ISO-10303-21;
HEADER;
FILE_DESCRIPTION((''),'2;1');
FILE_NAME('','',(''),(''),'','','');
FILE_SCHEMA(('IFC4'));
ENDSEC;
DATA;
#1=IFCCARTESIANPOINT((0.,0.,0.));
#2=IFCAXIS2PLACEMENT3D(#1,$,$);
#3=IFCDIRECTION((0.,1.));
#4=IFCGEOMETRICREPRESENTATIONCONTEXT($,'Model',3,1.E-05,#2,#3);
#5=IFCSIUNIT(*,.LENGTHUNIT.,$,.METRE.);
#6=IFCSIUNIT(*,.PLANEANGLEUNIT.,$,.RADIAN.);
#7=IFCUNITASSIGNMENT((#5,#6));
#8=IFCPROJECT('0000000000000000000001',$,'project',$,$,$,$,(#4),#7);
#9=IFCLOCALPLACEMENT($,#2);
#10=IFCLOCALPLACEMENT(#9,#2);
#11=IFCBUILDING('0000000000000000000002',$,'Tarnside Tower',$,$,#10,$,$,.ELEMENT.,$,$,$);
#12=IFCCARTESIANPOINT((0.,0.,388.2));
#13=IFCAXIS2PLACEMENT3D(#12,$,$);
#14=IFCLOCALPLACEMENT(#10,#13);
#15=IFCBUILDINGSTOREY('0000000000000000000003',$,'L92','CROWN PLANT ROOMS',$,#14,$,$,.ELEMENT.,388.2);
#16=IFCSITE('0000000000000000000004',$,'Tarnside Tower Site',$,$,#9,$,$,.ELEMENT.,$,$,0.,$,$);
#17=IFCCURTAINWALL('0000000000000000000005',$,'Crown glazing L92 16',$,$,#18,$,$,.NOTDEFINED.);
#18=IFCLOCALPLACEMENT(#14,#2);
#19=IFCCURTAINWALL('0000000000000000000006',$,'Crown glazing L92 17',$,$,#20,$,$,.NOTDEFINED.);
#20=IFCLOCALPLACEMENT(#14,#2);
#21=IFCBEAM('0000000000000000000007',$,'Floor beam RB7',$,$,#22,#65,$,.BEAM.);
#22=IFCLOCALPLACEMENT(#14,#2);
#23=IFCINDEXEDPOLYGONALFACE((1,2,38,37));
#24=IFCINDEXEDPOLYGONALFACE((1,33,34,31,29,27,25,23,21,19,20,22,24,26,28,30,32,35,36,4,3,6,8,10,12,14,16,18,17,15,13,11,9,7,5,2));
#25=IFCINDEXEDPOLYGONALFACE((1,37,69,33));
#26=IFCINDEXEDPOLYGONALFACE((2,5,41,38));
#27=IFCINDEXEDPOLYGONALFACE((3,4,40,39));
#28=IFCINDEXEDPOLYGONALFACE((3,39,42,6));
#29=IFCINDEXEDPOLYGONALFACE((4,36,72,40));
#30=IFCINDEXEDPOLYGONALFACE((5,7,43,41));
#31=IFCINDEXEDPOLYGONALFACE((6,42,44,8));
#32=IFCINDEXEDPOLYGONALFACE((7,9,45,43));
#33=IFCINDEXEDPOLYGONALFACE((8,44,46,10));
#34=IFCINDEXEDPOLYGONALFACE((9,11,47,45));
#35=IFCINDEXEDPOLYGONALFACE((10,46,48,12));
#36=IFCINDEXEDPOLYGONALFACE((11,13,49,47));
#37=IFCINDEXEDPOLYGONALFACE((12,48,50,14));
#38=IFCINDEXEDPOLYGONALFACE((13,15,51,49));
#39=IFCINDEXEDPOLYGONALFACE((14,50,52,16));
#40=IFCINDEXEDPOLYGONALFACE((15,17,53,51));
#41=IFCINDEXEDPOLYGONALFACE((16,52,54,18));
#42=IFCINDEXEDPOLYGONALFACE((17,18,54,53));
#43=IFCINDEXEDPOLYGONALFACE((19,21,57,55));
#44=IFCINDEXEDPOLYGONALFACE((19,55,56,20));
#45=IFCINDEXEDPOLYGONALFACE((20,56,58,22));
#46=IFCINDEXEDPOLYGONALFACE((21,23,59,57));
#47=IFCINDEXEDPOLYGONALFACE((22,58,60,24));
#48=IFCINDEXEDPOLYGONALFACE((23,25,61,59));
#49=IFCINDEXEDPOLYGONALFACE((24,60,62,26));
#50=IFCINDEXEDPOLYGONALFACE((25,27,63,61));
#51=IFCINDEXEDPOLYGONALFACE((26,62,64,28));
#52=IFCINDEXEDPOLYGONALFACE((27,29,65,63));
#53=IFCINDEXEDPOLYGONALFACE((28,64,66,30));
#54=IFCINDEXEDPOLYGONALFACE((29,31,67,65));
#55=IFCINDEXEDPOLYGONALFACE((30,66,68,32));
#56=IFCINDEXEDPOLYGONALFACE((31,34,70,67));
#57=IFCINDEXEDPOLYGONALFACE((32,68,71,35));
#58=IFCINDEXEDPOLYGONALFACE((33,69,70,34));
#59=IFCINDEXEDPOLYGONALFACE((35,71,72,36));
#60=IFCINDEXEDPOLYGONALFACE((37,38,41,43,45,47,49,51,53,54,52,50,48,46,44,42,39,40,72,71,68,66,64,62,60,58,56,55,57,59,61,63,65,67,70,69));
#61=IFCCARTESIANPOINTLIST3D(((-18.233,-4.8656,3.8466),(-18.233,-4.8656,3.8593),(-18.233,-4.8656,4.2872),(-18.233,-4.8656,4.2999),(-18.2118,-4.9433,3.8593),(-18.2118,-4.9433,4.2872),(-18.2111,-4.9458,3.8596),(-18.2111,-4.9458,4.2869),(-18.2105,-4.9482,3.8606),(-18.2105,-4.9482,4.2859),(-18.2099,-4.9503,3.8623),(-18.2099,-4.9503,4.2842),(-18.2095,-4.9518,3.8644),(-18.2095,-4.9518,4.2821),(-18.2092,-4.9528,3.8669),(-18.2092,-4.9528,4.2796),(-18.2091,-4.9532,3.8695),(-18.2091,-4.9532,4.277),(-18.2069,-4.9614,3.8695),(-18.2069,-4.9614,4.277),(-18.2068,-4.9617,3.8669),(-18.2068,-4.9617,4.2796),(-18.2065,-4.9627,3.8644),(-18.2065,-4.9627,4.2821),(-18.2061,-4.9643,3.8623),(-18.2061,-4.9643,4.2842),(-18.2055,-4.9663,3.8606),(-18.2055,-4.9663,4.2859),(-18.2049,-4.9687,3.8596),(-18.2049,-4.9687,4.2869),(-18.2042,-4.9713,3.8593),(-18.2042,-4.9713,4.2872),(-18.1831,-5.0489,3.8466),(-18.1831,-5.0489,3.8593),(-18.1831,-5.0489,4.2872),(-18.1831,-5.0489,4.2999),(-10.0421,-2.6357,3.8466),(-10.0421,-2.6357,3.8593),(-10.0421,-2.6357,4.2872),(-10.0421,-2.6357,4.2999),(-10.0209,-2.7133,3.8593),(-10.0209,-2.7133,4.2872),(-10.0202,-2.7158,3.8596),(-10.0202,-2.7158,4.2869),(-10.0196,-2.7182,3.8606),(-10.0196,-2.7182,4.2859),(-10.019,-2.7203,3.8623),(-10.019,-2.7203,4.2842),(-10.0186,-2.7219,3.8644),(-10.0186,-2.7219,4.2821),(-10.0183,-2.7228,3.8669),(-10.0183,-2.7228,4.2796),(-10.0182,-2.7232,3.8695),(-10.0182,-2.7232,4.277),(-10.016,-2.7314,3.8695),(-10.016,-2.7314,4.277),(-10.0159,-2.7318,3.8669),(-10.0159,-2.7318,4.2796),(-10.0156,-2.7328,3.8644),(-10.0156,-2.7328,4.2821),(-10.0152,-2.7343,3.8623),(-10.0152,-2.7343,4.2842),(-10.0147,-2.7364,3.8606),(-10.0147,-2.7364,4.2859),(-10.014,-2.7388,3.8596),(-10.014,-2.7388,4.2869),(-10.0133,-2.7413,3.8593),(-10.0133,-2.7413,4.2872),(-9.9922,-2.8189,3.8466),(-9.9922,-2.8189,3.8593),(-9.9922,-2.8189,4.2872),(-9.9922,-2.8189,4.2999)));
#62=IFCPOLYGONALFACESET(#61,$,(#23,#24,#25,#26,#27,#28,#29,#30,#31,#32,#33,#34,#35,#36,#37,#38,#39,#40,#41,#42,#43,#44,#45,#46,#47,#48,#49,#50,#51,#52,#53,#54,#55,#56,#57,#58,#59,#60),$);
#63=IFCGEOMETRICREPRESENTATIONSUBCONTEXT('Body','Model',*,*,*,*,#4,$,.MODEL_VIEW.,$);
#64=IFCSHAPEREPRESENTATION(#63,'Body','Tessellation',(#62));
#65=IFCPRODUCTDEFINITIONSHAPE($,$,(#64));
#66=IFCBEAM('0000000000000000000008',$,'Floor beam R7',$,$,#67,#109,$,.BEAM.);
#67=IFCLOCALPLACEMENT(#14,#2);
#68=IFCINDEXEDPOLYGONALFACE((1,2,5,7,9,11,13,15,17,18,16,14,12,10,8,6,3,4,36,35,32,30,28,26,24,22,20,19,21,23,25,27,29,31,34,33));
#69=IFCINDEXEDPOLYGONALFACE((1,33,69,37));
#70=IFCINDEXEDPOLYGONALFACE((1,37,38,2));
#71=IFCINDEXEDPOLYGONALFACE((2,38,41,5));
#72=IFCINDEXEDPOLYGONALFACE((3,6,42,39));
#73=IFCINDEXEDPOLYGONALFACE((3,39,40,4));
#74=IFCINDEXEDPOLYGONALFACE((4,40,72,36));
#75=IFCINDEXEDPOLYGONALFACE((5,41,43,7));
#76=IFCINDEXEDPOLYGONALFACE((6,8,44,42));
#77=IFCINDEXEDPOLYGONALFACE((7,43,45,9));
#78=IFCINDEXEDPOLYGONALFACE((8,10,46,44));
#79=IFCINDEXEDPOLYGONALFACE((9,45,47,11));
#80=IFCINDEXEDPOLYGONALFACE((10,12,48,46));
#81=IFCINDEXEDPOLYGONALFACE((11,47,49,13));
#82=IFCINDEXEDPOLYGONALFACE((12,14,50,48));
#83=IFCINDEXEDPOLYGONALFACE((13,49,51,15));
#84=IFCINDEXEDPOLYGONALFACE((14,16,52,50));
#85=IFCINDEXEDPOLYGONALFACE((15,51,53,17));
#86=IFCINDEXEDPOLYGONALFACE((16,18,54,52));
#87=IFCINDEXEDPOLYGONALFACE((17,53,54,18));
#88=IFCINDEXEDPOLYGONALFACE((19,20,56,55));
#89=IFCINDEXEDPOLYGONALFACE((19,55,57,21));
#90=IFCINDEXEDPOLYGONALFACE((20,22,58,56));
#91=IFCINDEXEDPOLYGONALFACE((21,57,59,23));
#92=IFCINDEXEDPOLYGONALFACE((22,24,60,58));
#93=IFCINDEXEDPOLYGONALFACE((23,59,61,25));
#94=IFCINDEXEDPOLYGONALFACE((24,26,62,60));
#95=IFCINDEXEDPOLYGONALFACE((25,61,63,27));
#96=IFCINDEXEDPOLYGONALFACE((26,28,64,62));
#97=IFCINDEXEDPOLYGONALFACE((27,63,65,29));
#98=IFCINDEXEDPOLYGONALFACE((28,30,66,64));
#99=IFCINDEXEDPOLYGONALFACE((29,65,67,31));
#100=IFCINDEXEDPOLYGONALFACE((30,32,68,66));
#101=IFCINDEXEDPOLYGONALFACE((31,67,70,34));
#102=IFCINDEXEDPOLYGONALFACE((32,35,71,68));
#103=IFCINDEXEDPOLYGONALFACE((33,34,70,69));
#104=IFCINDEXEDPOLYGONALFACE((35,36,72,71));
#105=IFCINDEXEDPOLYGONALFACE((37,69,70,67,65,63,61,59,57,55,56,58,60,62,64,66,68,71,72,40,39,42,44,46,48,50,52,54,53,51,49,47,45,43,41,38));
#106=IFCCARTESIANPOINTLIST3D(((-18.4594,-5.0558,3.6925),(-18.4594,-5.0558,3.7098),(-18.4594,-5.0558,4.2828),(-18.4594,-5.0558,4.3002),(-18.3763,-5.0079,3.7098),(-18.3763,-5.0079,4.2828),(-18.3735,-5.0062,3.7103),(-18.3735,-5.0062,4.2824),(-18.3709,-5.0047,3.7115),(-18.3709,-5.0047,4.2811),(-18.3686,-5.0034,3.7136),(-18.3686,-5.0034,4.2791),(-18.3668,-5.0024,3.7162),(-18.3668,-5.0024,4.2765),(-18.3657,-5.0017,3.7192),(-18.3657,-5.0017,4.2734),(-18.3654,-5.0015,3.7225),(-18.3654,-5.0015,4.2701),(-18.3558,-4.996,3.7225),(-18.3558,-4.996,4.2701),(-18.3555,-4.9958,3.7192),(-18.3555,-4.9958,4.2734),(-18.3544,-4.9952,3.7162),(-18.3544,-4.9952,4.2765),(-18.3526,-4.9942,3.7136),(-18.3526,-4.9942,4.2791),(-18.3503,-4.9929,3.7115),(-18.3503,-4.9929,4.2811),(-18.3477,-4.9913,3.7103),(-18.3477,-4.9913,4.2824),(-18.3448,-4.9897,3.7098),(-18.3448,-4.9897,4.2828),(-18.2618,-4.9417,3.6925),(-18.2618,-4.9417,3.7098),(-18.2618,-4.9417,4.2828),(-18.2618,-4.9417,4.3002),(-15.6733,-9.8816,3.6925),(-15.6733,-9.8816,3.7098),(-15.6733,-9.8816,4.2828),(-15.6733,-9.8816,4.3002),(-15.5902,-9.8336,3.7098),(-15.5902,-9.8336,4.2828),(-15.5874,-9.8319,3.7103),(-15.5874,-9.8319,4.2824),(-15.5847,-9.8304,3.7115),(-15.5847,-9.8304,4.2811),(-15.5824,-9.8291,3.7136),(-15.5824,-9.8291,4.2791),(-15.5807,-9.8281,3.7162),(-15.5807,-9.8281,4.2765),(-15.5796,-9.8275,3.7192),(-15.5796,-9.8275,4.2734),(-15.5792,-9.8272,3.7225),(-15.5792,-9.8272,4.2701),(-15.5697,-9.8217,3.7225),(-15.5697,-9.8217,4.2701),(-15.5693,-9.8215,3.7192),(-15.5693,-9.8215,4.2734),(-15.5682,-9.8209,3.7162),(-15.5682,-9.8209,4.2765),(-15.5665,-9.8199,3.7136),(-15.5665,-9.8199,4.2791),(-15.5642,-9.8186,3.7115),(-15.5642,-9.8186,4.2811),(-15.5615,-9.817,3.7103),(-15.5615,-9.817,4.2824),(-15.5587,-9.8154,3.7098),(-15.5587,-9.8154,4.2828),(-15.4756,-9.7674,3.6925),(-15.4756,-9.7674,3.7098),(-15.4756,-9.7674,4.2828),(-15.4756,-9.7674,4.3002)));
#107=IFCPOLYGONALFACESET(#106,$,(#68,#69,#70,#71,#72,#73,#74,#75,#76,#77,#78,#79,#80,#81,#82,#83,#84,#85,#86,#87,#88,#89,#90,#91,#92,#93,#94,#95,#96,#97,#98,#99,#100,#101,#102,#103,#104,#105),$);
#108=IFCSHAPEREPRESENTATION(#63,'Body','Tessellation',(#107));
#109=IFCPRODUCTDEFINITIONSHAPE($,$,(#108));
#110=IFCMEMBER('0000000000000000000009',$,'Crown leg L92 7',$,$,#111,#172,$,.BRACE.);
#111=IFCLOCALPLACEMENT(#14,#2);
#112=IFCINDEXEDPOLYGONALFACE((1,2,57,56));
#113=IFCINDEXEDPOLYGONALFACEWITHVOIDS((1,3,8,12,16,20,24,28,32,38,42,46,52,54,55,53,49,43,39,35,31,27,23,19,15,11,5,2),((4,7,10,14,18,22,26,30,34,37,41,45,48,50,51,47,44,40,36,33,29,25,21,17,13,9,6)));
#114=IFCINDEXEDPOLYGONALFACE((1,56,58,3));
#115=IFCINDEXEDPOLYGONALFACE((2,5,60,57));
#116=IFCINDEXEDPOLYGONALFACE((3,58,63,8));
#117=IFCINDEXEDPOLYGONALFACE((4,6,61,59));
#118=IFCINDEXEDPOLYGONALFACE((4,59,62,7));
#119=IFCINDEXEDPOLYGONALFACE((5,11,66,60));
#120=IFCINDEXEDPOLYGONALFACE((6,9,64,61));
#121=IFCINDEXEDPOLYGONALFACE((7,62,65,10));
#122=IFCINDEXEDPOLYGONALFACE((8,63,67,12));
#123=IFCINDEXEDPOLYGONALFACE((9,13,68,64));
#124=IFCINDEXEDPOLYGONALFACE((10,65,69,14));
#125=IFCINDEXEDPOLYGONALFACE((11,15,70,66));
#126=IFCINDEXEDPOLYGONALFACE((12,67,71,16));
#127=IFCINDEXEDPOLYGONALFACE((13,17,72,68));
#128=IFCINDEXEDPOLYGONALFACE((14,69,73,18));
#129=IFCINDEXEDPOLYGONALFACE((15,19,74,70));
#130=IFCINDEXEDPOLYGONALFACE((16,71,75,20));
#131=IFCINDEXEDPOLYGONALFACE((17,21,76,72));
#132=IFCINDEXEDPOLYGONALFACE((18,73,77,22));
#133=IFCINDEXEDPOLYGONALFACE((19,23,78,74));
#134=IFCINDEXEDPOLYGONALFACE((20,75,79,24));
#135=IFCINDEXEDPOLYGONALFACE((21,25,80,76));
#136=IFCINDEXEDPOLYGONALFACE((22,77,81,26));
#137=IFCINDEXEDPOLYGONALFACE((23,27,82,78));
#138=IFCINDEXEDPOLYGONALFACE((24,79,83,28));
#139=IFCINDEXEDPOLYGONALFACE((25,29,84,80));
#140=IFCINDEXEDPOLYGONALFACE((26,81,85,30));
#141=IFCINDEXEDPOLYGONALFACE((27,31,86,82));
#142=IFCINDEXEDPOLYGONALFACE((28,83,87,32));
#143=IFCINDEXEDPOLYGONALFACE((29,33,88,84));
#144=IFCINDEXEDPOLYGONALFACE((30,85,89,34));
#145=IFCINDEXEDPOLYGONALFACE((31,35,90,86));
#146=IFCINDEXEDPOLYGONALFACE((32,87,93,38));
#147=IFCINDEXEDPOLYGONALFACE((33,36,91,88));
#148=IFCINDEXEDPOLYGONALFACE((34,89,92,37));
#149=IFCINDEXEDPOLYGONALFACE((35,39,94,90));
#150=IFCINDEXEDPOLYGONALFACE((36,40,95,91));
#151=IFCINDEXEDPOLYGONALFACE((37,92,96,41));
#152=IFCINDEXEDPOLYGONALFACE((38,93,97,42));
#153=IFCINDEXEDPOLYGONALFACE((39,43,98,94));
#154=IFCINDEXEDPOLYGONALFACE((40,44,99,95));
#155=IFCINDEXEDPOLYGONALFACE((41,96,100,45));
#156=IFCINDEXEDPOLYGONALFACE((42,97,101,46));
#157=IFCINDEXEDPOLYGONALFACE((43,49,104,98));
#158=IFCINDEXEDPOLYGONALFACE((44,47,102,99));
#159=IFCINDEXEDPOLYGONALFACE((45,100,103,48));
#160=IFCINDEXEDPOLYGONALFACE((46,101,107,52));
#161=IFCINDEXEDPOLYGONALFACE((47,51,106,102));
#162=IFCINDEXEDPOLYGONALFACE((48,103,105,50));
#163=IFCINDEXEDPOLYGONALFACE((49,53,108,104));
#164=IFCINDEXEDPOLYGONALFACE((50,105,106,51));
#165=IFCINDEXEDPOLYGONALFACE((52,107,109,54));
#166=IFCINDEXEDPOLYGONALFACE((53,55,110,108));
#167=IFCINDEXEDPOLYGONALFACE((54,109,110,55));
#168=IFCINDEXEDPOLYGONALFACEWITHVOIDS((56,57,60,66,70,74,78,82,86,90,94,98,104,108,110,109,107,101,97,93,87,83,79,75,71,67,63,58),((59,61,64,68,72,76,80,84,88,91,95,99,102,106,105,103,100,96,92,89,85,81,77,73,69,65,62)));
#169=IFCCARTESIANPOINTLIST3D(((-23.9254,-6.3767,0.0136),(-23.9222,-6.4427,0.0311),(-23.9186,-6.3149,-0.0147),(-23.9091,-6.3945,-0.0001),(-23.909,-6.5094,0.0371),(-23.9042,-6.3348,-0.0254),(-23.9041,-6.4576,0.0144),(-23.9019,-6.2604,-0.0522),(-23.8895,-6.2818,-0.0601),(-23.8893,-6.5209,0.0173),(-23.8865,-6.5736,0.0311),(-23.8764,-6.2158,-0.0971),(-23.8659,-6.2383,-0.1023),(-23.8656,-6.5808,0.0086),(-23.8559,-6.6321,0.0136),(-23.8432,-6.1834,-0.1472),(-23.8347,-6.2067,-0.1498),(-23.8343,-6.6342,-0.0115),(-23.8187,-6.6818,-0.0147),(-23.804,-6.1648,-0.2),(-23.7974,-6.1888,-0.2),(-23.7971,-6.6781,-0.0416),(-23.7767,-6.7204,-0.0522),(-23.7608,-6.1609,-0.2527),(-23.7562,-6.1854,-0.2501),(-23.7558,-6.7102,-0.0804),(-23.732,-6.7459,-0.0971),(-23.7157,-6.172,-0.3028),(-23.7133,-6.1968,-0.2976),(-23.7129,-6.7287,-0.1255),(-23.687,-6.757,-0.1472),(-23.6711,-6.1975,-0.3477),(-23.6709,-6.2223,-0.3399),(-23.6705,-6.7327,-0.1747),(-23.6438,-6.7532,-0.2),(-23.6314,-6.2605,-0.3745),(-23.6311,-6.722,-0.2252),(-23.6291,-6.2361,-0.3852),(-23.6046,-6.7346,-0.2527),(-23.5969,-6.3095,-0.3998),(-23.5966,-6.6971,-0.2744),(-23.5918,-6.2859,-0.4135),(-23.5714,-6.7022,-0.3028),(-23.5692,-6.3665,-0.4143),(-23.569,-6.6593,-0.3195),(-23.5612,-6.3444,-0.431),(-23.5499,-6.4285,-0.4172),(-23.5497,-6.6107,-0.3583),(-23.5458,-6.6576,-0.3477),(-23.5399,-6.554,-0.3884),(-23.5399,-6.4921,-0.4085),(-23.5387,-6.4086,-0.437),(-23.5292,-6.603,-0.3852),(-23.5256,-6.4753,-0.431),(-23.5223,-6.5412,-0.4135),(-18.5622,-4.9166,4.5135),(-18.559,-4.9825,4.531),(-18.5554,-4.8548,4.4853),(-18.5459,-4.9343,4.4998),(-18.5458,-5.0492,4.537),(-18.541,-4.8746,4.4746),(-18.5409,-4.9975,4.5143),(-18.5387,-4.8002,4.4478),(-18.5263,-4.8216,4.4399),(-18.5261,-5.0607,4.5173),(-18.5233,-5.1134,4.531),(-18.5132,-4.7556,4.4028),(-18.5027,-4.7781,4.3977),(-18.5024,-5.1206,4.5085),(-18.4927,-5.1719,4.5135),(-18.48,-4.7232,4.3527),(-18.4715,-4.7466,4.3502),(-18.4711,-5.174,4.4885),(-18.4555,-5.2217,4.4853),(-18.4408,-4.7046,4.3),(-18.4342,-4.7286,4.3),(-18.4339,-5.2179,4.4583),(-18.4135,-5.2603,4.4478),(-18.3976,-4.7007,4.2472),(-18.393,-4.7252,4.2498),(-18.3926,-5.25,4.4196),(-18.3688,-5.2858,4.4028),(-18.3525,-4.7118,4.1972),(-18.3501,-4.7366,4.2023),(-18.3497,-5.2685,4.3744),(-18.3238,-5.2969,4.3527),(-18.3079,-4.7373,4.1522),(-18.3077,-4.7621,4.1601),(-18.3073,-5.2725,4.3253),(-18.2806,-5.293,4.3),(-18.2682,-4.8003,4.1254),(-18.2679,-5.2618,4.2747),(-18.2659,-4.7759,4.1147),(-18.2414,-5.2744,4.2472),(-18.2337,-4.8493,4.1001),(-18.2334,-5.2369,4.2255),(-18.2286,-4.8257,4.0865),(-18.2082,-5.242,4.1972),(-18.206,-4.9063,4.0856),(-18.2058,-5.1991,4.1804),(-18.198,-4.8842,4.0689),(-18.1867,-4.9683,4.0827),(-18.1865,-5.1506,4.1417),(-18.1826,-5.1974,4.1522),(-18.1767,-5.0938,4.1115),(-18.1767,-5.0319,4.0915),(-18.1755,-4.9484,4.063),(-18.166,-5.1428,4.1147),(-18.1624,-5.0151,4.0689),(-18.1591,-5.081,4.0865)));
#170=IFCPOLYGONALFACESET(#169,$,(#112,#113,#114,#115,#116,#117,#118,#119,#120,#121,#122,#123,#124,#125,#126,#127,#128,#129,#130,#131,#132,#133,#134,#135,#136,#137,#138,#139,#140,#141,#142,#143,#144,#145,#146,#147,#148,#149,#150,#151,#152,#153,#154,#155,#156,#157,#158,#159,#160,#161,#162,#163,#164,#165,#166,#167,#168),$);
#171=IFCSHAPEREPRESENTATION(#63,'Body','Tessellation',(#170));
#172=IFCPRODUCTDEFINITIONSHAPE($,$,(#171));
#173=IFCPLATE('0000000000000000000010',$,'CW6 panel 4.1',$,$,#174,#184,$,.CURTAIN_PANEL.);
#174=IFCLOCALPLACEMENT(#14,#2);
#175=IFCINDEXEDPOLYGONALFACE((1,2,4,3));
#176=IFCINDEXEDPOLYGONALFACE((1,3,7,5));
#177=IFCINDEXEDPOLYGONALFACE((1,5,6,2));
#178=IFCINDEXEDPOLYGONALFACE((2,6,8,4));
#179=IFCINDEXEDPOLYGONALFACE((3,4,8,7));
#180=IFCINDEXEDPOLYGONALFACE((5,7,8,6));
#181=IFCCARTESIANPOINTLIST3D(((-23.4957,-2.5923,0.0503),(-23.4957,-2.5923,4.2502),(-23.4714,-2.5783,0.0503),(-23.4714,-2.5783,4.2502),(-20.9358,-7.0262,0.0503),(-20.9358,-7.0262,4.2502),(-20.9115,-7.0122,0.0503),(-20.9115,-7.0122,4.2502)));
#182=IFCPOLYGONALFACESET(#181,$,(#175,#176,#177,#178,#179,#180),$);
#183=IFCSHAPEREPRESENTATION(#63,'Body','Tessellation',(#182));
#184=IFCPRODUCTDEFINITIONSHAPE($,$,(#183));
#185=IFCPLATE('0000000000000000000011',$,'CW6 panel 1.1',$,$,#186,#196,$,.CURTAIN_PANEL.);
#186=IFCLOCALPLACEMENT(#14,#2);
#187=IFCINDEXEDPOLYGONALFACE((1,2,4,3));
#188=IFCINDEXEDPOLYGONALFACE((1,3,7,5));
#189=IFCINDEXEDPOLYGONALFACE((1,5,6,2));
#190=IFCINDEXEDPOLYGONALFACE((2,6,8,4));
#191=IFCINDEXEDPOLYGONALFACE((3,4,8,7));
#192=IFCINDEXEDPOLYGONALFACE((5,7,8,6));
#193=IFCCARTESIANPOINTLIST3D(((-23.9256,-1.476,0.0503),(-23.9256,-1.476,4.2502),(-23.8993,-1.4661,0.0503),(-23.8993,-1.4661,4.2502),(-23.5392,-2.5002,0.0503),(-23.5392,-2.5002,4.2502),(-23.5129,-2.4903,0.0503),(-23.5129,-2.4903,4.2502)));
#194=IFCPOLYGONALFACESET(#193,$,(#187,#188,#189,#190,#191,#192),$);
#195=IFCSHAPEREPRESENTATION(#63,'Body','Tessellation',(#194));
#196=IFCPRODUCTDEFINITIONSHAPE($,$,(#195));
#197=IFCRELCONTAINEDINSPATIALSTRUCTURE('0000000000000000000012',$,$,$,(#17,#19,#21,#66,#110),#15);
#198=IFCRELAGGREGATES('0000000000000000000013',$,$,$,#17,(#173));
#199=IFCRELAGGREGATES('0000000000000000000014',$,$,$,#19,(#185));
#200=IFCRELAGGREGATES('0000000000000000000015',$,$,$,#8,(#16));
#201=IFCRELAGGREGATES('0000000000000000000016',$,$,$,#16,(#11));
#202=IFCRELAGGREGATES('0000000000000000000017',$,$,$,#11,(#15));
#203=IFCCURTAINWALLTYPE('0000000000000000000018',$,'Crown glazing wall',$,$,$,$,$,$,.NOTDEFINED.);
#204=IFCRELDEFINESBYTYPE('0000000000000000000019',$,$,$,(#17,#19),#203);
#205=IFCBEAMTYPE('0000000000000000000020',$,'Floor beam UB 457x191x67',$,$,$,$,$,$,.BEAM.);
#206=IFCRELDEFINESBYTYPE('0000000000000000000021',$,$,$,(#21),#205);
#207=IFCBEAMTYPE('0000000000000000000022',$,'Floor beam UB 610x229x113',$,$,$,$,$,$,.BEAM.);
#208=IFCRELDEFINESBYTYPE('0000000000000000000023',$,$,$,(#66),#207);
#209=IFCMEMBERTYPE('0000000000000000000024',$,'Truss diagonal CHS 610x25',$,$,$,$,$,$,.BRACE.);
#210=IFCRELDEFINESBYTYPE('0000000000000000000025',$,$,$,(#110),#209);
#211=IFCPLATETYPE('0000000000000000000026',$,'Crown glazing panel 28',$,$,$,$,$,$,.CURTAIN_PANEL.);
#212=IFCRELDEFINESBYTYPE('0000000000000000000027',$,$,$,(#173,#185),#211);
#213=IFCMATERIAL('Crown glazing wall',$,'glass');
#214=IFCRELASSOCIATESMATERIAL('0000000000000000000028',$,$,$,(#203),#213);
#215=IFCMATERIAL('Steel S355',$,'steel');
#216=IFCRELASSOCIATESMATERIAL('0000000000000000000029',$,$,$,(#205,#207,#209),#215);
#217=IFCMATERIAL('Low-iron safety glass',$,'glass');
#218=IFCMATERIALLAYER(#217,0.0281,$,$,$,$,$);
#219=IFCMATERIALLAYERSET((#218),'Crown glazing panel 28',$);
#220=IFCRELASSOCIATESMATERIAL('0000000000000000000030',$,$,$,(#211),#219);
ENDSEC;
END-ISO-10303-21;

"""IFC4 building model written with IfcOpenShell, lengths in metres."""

from ifc_helpers import new_model, si_unit, direction, frame, origin, origin_2d, place, context, subcontext, project, spatial, rectangle, hollow_circle, i_section, extrude, material, layer, layer_set, material_profile, profile_set, type_object, element, aggregate, save


model = new_model("IFC4")

# Units and contexts
model_context = context("Model", 3, precision=1e-05, world=origin(), true_north=direction((0.0, 1.0)))
body_context = subcontext(model_context, "Body", "Model", "MODEL_VIEW")
ifc_project = project(units=[si_unit("LENGTHUNIT", "METRE"), si_unit("PLANEANGLEUNIT", "RADIAN")], contexts=[model_context])

# Site, building, storey
site_placement = place(None, origin())
site = spatial("IfcSite", under=ifc_project, at=site_placement, Name="Tarnside Tower Site", CompositionType="ELEMENT", RefElevation=0.0)
building_placement = place(site_placement, origin())
building = spatial("IfcBuilding", under=site, at=building_placement, Name="Tarnside Tower", CompositionType="ELEMENT")
storey_placement = place(building_placement, frame((0.0, 0.0, 388.2)))
storey = spatial("IfcBuildingStorey", under=building, at=storey_placement, Name="L92", Description="CROWN PLANT ROOMS", CompositionType="ELEMENT", Elevation=388.2)

# Curtain wall
ifc_material_1 = material(Name="Crown glazing wall", Category="glass")
curtain_wall_type = type_object("IfcCurtainWallType", Name="Crown glazing wall", PredefinedType="NOTDEFINED", material=ifc_material_1)
curtain_wall_1_placement = place(storey_placement, origin())
curtain_wall_1 = element("IfcCurtainWall", 1, at=curtain_wall_1_placement, inside=storey, type_object=curtain_wall_type, Name="Crown glazing L92 16", PredefinedType="NOTDEFINED")

# Curtain wall
curtain_wall_2_placement = place(storey_placement, origin())
curtain_wall_2 = element("IfcCurtainWall", 2, at=curtain_wall_2_placement, inside=storey, type_object=curtain_wall_type, Name="Crown glazing L92 17", PredefinedType="NOTDEFINED")

# Beams
ifc_material_2 = material(Name="Steel S355", Category="steel")
ifc_material_profile_1 = material_profile(ifc_material_2, i_section(OverallWidth=0.1899, OverallDepth=0.4534, WebThickness=0.0085, FlangeThickness=0.0127, FilletRadius=0.0103, at=origin_2d()), Name="UB 457x191x67")
ifc_profile_set_1 = profile_set([ifc_material_profile_1], Name="Steel S355")
beam_type_1 = type_object("IfcBeamType", Name="Floor beam UB 457x191x67", PredefinedType="BEAM", material=ifc_profile_set_1)
beam_1_placement = place(storey_placement, frame((-18.208, -4.9573, 4.0732), z_axis=(0.964881, 0.262689, 0.0), x_axis=(-0.262689, 0.964881, 0.0)))
element("IfcBeam", 3, at=beam_1_placement, inside=storey, type_object=beam_type_1, Name="Floor beam RB7", PredefinedType="BEAM", context=body_context, shape_type="SweptSolid", body=[
    extrude(i_section(OverallWidth=0.1899, OverallDepth=0.4534, WebThickness=0.0085, FlangeThickness=0.0127, FilletRadius=0.0103, at=origin_2d()), origin(), (0.0, 0.0, 1.0), 8.489),
])
ifc_material_profile_2 = material_profile(ifc_material_2, i_section(OverallWidth=0.2283, OverallDepth=0.6077, WebThickness=0.011, FlangeThickness=0.0173, FilletRadius=0.0127, at=origin_2d()), Name="UB 610x229x113")
ifc_profile_set_2 = profile_set([ifc_material_profile_2], Name="Steel S355")
beam_type_2 = type_object("IfcBeamType", Name="Floor beam UB 610x229x113", PredefinedType="BEAM", material=ifc_profile_set_2)
beam_2_placement = place(storey_placement, frame((-18.3606, -4.9988, 3.9963), z_axis=(0.500003, -0.866024, 0.0), x_axis=(0.866024, 0.500003, 0.0)))
element("IfcBeam", 4, at=beam_2_placement, inside=storey, type_object=beam_type_2, Name="Floor beam R7", PredefinedType="BEAM", context=body_context, shape_type="SweptSolid", body=[
    extrude(i_section(OverallWidth=0.2283, OverallDepth=0.6077, WebThickness=0.011, FlangeThickness=0.0173, FilletRadius=0.0127, at=origin_2d()), origin(), (0.0, 0.0, 1.0), 5.5723),
])

# Member
ifc_material_profile_3 = material_profile(ifc_material_2, hollow_circle(Radius=0.3049, WallThickness=0.0249, at=origin_2d()), Name="CHS 610x25")
ifc_profile_set_3 = profile_set([ifc_material_profile_3], Name="Steel S355")
member_type_1 = type_object("IfcMemberType", Name="Truss diagonal CHS 610x25", PredefinedType="BRACE", material=ifc_profile_set_3)
member_1_placement = place(storey_placement, frame((-23.7239, -6.459, -0.2), z_axis=(0.74993, 0.204176, 0.62922), x_axis=(-0.262697, 0.964878, 0.0)))
element("IfcMember", 5, at=member_1_placement, inside=storey, type_object=member_type_1, Name="Crown leg L92 7", PredefinedType="BRACE", context=body_context, shape_type="SweptSolid", body=[
    extrude(hollow_circle(Radius=0.3049, WallThickness=0.0249, at=origin_2d()), origin(), (0.0, 0.0, 1.0), 7.1516),
])

# Plates
ifc_material_3 = material(Name="Low-iron safety glass", Category="glass")
ifc_layer_1 = layer(ifc_material_3, 0.0281)
ifc_layer_set_1 = layer_set([ifc_layer_1], Name="Crown glazing panel 28")
plate_type = type_object("IfcPlateType", Name="Crown glazing panel 28", PredefinedType="CURTAIN_PANEL", material=ifc_layer_set_1)
plate_1_placement = place(storey_placement, frame((-22.2036, -4.8022, 0.0503), z_axis=(0.0, 0.0, 1.0), x_axis=(-0.5, 0.866025, 0.0)))
plate_1 = element("IfcPlate", 6, at=plate_1_placement, type_object=plate_type, Name="CW6 panel 4.1", PredefinedType="CURTAIN_PANEL", context=body_context, shape_type="SweptSolid", body=[
    extrude(rectangle(XDim=5.1199, YDim=0.0281, at=origin_2d()), origin(), (0.0, 0.0, 1.0), 4.2),
])
aggregate(curtain_wall_1, [plate_1])
plate_2_placement = place(storey_placement, frame((-23.7192, -1.9832, 0.0503), z_axis=(0.0, 0.0, 1.0), x_axis=(-0.352931, 0.93565, 0.0)))
plate_2 = element("IfcPlate", 7, at=plate_2_placement, type_object=plate_type, Name="CW6 panel 1.1", PredefinedType="CURTAIN_PANEL", context=body_context, shape_type="SweptSolid", body=[
    extrude(rectangle(XDim=1.0947, YDim=0.0281, at=origin_2d()), origin(), (0.0, 0.0, 1.0), 4.2),
])
aggregate(curtain_wall_2, [plate_2])

save(model, "model.ifc")
